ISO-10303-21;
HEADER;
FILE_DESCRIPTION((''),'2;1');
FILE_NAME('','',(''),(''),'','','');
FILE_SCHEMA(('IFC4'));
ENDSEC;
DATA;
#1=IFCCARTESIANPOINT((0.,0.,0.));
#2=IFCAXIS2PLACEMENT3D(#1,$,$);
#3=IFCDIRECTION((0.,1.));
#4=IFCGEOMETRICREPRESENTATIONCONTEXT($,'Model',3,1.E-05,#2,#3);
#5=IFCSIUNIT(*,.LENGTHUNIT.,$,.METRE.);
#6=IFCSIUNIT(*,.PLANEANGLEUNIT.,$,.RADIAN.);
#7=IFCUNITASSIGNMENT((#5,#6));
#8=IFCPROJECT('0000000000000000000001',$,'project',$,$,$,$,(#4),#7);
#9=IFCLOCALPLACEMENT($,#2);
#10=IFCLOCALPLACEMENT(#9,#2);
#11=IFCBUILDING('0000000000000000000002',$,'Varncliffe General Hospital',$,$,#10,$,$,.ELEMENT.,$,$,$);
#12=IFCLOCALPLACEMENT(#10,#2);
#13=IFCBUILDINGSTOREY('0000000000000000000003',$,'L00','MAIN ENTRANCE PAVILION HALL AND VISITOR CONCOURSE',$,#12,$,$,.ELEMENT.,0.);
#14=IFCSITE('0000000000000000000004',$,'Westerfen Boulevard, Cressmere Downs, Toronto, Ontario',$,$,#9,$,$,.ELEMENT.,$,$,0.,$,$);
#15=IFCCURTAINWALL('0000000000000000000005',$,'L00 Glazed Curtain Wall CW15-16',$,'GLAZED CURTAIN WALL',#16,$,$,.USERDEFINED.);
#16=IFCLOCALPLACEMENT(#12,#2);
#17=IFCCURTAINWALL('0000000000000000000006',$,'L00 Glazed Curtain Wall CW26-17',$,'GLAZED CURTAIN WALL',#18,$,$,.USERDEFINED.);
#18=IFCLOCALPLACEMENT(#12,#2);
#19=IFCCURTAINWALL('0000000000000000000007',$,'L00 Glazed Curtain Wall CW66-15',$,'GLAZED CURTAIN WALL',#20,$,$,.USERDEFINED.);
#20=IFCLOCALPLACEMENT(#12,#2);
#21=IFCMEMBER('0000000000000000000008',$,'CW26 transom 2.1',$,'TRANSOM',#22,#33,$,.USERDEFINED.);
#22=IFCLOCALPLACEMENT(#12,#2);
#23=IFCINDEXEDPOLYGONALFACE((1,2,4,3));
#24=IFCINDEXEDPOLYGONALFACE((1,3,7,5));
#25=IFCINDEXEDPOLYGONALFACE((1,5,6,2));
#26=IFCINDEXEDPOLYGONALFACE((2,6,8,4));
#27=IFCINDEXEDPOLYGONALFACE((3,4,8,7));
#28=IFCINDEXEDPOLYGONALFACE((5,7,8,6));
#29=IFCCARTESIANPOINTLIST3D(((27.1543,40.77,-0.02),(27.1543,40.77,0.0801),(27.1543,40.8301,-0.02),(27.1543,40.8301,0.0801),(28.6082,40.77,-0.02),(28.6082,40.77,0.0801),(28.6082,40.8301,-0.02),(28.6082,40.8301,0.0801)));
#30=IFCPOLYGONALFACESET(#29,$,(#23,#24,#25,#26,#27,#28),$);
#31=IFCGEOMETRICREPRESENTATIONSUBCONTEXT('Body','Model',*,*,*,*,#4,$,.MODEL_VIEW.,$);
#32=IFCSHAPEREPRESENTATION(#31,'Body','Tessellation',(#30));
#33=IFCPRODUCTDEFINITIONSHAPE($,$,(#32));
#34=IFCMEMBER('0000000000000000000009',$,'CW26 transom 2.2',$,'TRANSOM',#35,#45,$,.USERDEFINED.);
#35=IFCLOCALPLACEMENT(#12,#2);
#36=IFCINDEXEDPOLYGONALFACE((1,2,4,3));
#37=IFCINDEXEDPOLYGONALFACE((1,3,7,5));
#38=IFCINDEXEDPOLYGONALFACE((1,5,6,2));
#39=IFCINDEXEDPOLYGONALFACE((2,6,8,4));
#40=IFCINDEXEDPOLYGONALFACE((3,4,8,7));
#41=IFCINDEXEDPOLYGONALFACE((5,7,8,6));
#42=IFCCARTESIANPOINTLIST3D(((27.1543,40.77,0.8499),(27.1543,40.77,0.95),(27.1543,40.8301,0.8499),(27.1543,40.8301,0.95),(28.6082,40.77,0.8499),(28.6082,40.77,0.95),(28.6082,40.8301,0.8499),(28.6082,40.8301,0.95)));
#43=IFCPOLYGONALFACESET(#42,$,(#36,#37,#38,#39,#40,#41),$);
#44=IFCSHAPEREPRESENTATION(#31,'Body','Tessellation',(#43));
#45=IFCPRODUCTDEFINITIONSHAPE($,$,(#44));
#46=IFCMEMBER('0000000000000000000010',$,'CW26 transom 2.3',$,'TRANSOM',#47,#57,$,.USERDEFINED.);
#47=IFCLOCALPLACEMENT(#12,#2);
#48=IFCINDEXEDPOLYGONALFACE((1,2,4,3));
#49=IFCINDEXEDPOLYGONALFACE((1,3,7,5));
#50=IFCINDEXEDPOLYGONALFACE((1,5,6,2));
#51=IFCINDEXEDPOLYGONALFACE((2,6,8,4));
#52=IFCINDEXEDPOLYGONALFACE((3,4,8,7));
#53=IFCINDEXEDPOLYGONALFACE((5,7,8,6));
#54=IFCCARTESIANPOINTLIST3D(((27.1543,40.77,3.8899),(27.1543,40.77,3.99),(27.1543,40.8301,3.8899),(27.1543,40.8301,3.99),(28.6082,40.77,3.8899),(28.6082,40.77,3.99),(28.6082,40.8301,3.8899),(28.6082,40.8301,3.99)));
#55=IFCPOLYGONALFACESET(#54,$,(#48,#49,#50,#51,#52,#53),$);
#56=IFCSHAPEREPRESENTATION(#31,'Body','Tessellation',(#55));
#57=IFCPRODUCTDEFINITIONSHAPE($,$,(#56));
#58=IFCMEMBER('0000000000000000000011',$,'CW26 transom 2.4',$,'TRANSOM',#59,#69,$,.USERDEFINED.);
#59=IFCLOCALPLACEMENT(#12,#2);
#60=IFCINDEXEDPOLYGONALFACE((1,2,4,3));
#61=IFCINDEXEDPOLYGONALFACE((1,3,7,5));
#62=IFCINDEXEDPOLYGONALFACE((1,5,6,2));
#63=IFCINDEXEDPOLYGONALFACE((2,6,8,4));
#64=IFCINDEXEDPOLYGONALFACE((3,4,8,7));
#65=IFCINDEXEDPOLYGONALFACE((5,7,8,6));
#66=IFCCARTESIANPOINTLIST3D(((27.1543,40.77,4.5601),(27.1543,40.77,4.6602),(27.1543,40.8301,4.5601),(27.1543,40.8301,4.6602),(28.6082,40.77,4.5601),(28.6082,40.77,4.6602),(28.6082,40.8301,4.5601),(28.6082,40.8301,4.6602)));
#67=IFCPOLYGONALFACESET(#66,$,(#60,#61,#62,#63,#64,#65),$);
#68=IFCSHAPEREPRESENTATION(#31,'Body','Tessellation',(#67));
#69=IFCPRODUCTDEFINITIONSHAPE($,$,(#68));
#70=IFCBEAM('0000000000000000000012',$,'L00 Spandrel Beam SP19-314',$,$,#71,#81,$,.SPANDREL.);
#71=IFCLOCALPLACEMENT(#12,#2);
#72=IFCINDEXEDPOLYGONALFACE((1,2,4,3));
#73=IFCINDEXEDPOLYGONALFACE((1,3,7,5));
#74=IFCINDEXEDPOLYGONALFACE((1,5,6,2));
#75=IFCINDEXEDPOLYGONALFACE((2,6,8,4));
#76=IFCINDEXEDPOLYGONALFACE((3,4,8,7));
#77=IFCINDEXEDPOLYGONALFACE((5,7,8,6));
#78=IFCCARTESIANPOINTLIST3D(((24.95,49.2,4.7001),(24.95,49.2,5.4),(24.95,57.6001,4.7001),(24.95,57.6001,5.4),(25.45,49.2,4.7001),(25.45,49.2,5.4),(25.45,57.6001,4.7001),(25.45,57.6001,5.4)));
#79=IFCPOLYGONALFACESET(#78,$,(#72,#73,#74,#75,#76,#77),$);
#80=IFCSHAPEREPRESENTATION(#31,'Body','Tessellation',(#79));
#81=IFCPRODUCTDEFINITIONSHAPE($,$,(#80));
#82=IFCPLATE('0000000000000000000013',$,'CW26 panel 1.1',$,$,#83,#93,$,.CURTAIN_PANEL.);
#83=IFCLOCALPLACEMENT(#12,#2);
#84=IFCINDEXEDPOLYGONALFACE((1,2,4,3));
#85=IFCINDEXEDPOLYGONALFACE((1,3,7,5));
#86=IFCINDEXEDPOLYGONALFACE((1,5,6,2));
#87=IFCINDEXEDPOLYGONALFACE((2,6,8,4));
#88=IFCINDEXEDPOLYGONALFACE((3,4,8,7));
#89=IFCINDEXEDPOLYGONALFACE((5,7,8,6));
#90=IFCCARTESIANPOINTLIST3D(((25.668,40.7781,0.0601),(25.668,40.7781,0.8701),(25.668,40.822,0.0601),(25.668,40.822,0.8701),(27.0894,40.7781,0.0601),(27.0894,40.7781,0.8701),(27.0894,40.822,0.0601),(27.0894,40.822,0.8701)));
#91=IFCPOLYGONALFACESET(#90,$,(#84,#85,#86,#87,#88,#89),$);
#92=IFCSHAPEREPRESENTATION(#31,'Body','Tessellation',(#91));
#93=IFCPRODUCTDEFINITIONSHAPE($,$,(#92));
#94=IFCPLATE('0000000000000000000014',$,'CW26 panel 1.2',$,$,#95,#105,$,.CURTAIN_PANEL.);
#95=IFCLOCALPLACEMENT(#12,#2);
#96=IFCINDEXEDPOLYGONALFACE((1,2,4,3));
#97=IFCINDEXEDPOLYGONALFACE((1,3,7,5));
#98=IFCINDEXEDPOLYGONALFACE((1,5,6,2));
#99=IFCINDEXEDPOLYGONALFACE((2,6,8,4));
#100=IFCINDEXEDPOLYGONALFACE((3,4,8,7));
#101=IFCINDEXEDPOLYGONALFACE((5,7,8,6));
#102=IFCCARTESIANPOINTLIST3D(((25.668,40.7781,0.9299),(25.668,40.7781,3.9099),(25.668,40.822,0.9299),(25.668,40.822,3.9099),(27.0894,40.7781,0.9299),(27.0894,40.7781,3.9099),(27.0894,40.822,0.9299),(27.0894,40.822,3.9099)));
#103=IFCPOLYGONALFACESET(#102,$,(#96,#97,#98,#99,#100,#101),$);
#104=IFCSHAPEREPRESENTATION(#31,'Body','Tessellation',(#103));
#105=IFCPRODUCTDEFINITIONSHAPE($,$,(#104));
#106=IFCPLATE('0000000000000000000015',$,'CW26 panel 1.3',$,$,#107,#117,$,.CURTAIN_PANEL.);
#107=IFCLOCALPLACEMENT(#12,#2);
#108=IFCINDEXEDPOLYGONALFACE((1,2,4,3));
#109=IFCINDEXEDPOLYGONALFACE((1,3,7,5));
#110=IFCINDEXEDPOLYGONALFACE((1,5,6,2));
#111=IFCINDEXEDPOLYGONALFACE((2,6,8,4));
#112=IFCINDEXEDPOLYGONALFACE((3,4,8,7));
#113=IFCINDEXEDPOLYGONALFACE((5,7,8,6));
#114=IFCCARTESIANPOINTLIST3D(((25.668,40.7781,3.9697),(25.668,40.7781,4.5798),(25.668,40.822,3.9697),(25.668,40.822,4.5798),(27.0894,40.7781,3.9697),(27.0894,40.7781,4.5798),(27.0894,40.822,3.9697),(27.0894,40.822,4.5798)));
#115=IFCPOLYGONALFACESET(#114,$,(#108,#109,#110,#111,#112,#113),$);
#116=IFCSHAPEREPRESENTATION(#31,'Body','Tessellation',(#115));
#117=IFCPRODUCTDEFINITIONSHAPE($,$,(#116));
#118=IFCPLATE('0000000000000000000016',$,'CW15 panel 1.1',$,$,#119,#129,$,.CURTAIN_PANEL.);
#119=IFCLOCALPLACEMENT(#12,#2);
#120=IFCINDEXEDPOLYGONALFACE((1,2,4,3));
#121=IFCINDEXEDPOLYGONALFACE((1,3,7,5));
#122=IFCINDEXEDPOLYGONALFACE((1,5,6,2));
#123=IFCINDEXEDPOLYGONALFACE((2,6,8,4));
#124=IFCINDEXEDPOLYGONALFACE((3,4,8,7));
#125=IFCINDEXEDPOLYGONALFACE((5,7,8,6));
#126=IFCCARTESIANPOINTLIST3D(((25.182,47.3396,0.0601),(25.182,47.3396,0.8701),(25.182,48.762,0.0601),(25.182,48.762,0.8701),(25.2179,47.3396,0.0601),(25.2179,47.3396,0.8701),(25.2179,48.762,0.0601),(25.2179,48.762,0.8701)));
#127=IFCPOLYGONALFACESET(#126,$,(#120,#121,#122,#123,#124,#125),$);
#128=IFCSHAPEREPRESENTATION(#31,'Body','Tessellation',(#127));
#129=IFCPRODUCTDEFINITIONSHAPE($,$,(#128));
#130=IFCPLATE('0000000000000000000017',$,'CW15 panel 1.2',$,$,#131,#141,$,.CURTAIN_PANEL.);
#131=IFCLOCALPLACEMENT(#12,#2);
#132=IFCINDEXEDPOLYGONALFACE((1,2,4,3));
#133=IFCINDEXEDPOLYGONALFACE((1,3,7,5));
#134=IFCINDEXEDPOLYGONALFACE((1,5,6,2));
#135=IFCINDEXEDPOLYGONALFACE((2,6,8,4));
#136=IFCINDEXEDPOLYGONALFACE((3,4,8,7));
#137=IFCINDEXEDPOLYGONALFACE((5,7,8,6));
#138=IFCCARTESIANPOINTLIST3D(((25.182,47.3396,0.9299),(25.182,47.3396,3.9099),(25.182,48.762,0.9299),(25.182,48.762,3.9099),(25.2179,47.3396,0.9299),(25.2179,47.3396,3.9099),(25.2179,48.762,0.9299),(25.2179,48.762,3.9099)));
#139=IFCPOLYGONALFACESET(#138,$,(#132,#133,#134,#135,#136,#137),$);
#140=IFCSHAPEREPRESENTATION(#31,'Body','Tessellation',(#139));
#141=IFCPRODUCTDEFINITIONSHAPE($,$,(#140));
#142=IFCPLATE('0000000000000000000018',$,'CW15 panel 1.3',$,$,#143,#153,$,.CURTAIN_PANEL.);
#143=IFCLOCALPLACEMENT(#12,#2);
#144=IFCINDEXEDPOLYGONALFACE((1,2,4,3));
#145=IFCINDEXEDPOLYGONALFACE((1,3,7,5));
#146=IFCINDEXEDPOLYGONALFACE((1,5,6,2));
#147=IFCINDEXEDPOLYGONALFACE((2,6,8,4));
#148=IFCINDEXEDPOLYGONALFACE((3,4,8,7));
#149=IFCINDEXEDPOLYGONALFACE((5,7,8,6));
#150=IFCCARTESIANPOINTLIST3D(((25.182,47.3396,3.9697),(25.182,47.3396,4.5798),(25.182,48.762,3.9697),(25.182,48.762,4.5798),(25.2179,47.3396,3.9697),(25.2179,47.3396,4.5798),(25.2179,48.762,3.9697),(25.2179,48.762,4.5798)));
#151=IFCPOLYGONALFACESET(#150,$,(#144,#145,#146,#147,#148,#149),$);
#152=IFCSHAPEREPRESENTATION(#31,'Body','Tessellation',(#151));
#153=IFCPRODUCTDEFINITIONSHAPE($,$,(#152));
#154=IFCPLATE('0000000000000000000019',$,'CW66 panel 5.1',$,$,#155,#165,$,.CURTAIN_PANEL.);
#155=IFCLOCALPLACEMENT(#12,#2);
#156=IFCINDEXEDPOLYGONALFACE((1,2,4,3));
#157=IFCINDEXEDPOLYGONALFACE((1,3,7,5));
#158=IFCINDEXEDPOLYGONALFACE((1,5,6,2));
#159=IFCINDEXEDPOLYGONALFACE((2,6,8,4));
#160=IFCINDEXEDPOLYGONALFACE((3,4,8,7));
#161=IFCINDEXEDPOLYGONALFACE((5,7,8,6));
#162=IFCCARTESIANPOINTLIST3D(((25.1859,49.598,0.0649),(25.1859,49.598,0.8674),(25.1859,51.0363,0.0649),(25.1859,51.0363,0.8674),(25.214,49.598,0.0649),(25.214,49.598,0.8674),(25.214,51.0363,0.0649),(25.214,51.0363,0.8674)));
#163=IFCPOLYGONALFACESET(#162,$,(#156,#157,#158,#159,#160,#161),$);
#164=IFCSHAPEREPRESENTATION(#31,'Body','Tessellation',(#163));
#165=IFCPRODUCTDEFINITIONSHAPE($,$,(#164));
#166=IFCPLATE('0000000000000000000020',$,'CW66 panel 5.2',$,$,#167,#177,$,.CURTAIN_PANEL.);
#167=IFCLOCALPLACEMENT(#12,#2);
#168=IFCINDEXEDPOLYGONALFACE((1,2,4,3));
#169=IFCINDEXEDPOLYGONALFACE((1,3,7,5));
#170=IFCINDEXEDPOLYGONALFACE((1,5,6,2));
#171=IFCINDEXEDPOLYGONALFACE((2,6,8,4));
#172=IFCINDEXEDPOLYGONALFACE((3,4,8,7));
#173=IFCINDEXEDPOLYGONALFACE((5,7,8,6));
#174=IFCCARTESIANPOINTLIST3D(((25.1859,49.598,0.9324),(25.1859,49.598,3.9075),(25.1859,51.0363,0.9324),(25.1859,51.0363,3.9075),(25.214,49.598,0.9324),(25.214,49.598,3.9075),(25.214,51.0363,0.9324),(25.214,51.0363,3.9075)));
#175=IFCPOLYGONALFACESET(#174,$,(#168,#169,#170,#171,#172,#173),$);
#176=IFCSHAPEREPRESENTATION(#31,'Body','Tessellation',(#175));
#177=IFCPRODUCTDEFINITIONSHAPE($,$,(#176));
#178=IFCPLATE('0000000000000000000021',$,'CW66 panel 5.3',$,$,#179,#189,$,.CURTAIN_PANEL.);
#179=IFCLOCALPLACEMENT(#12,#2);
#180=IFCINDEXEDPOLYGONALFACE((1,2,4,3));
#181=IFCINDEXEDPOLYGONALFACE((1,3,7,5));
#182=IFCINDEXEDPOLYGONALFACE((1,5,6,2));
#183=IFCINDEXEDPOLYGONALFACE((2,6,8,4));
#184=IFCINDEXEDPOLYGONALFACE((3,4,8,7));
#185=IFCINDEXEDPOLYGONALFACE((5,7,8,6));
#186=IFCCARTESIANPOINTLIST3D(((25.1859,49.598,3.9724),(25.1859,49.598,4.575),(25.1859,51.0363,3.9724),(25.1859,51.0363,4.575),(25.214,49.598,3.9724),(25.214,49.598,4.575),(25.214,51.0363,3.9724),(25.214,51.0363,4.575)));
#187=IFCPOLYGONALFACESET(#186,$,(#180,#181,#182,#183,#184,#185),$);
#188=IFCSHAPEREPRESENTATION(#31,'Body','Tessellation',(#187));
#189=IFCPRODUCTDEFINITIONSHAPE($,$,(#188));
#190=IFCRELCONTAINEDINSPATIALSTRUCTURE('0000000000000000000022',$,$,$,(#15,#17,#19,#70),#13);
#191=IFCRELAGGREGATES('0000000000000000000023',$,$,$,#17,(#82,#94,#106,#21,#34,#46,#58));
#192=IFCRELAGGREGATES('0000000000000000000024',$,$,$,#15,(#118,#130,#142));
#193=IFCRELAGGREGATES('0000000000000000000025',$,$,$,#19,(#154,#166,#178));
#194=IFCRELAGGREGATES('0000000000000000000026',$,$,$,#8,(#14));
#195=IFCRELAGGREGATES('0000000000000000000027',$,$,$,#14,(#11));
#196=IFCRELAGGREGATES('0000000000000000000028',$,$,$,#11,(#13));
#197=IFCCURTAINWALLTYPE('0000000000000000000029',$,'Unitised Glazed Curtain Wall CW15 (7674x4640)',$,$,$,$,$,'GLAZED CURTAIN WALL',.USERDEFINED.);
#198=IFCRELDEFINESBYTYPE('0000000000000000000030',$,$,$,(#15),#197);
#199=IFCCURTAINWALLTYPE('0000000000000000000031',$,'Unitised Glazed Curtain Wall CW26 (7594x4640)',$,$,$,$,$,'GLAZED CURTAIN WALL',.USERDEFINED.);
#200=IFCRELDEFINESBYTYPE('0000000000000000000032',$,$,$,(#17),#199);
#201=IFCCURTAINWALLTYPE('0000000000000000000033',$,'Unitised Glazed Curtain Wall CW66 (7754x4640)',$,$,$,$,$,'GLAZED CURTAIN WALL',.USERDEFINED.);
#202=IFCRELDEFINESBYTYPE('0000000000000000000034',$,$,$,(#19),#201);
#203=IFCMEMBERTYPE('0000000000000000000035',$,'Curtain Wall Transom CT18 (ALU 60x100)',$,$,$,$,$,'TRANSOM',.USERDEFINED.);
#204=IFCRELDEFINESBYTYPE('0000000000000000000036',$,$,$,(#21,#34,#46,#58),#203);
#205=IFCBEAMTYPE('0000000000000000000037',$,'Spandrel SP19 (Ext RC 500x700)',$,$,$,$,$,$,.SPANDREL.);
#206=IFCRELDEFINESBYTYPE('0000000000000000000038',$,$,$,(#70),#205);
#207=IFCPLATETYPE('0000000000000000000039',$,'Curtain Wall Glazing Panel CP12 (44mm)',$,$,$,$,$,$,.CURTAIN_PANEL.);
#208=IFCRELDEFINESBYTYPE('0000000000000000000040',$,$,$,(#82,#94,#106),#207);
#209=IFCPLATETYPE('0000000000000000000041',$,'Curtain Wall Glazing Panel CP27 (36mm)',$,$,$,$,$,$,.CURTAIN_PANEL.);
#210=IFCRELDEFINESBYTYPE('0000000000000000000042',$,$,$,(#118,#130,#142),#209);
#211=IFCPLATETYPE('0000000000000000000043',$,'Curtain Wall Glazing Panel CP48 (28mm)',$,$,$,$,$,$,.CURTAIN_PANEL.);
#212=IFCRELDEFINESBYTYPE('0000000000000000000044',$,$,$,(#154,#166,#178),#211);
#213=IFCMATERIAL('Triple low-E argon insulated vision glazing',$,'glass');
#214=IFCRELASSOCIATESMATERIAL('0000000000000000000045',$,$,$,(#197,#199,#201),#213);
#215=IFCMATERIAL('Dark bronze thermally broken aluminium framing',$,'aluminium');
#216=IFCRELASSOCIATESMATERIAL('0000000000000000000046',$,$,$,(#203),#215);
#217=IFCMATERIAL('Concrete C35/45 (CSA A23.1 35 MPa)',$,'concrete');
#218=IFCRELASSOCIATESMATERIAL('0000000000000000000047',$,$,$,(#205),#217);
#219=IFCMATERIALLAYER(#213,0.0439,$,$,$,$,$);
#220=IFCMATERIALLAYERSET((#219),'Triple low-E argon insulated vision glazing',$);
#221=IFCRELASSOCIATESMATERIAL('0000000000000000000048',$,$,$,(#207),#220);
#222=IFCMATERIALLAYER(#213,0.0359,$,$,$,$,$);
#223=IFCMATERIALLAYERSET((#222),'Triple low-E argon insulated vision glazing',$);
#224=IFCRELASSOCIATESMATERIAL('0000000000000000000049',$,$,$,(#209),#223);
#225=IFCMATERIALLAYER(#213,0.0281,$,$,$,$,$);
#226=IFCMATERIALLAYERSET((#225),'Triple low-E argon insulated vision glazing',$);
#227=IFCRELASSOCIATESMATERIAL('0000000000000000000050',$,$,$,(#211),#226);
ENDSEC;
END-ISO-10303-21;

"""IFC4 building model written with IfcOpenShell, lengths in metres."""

from ifc_helpers import new_model, si_unit, direction, frame, origin, origin_2d, place, context, subcontext, project, spatial, rectangle, extrude, material, layer, layer_set, material_profile, profile_set, type_object, element, aggregate, save


model = new_model("IFC4")

# Units and contexts
model_context = context("Model", 3, precision=1e-05, world=origin(), true_north=direction((0.0, 1.0)))
body_context = subcontext(model_context, "Body", "Model", "MODEL_VIEW")
ifc_project = project(units=[si_unit("LENGTHUNIT", "METRE"), si_unit("PLANEANGLEUNIT", "RADIAN")], contexts=[model_context])

# Site, building, storey
site_placement = place(None, origin())
site = spatial("IfcSite", under=ifc_project, at=site_placement, Name="Westerfen Boulevard, Cressmere Downs, Toronto, Ontario", CompositionType="ELEMENT", RefElevation=0.0)
building_placement = place(site_placement, origin())
building = spatial("IfcBuilding", under=site, at=building_placement, Name="Varncliffe General Hospital", CompositionType="ELEMENT")
storey_placement = place(building_placement, origin())
storey = spatial("IfcBuildingStorey", under=building, at=storey_placement, Name="L00", Description="MAIN ENTRANCE PAVILION HALL AND VISITOR CONCOURSE", CompositionType="ELEMENT", Elevation=0.0)

# Curtain wall
ifc_material_1 = material(Name="Triple low-E argon insulated vision glazing", Category="glass")
curtain_wall_type_1 = type_object("IfcCurtainWallType", Name="Unitised Glazed Curtain Wall CW15 (7674x4640)", ElementType="GLAZED CURTAIN WALL", PredefinedType="USERDEFINED", material=ifc_material_1)
curtain_wall_1_placement = place(storey_placement, origin())
curtain_wall_1 = element("IfcCurtainWall", 1, at=curtain_wall_1_placement, inside=storey, type_object=curtain_wall_type_1, Name="L00 Glazed Curtain Wall CW15-16", ObjectType="GLAZED CURTAIN WALL", PredefinedType="USERDEFINED")
ifc_material_2 = material(Name="Dark bronze thermally broken aluminium framing", Category="aluminium")

# Curtain walls
curtain_wall_type_2 = type_object("IfcCurtainWallType", Name="Unitised Glazed Curtain Wall CW26 (7594x4640)", ElementType="GLAZED CURTAIN WALL", PredefinedType="USERDEFINED", material=ifc_material_1)
curtain_wall_2_placement = place(storey_placement, origin())
curtain_wall_2 = element("IfcCurtainWall", 2, at=curtain_wall_2_placement, inside=storey, type_object=curtain_wall_type_2, Name="L00 Glazed Curtain Wall CW26-17", ObjectType="GLAZED CURTAIN WALL", PredefinedType="USERDEFINED")
curtain_wall_type_3 = type_object("IfcCurtainWallType", Name="Unitised Glazed Curtain Wall CW66 (7754x4640)", ElementType="GLAZED CURTAIN WALL", PredefinedType="USERDEFINED", material=ifc_material_1)
curtain_wall_3_placement = place(storey_placement, origin())
curtain_wall_3 = element("IfcCurtainWall", 3, at=curtain_wall_3_placement, inside=storey, type_object=curtain_wall_type_3, Name="L00 Glazed Curtain Wall CW66-15", ObjectType="GLAZED CURTAIN WALL", PredefinedType="USERDEFINED")

# Members
ifc_material_profile_1 = material_profile(ifc_material_2, rectangle(XDim=0.0601, YDim=0.1001, at=origin_2d()), Name="ALU 60x100")
ifc_profile_set_1 = profile_set([ifc_material_profile_1], Name="Dark bronze thermally broken aluminium framing")
member_type_1 = type_object("IfcMemberType", Name="Curtain Wall Transom CT18 (ALU 60x100)", ElementType="TRANSOM", PredefinedType="USERDEFINED", material=ifc_profile_set_1)
member_1_placement = place(storey_placement, frame((27.1543, 40.8, 0.03), z_axis=(1.0, 0.0, 0.0), x_axis=(0.0, 1.0, 0.0)))
member_1 = element("IfcMember", 4, at=member_1_placement, type_object=member_type_1, Name="CW26 transom 2.1", ObjectType="TRANSOM", PredefinedType="USERDEFINED", context=body_context, shape_type="SweptSolid", body=[
    extrude(rectangle(XDim=0.0601, YDim=0.1001, at=origin_2d()), origin(), (0.0, 0.0, 1.0), 1.4539),
])
member_2_placement = place(storey_placement, frame((27.1543, 40.8, 0.8999), z_axis=(1.0, 0.0, 0.0), x_axis=(0.0, 1.0, 0.0)))
member_2 = element("IfcMember", 5, at=member_2_placement, type_object=member_type_1, Name="CW26 transom 2.2", ObjectType="TRANSOM", PredefinedType="USERDEFINED", context=body_context, shape_type="SweptSolid", body=[
    extrude(rectangle(XDim=0.0601, YDim=0.1001, at=origin_2d()), origin(), (0.0, 0.0, 1.0), 1.4539),
])
member_3_placement = place(storey_placement, frame((27.1543, 40.8, 3.9399), z_axis=(1.0, 0.0, 0.0), x_axis=(0.0, 1.0, 0.0)))
member_3 = element("IfcMember", 6, at=member_3_placement, type_object=member_type_1, Name="CW26 transom 2.3", ObjectType="TRANSOM", PredefinedType="USERDEFINED", context=body_context, shape_type="SweptSolid", body=[
    extrude(rectangle(XDim=0.0601, YDim=0.1001, at=origin_2d()), origin(), (0.0, 0.0, 1.0), 1.4539),
])
member_4_placement = place(storey_placement, frame((27.1543, 40.8, 4.6101), z_axis=(1.0, 0.0, 0.0), x_axis=(0.0, 1.0, 0.0)))
member_4 = element("IfcMember", 7, at=member_4_placement, type_object=member_type_1, Name="CW26 transom 2.4", ObjectType="TRANSOM", PredefinedType="USERDEFINED", context=body_context, shape_type="SweptSolid", body=[
    extrude(rectangle(XDim=0.0601, YDim=0.1001, at=origin_2d()), origin(), (0.0, 0.0, 1.0), 1.4539),
])

# Beam
ifc_material_3 = material(Name="Concrete C35/45 (CSA A23.1 35 MPa)", Category="concrete")
ifc_material_profile_2 = material_profile(ifc_material_3, rectangle(XDim=0.5, YDim=0.7, at=origin_2d()), Name="RC 500x700")
ifc_profile_set_2 = profile_set([ifc_material_profile_2], Name="Concrete C35/45 (CSA A23.1 35 MPa)")
beam_type = type_object("IfcBeamType", Name="Spandrel SP19 (Ext RC 500x700)", PredefinedType="SPANDREL", material=ifc_profile_set_2)
beam_placement = place(storey_placement, frame((25.2, 49.2, 5.05), z_axis=(0.0, 1.0, 0.0), x_axis=(-1.0, 0.0, 0.0)))
element("IfcBeam", 8, at=beam_placement, inside=storey, type_object=beam_type, Name="L00 Spandrel Beam SP19-314", PredefinedType="SPANDREL", context=body_context, shape_type="SweptSolid", body=[
    extrude(rectangle(XDim=0.5, YDim=0.7, at=origin_2d()), origin(), (0.0, 0.0, 1.0), 8.4001),
])

# Plates
ifc_layer_1 = layer(ifc_material_1, 0.0439)
ifc_layer_set_1 = layer_set([ifc_layer_1], Name="Triple low-E argon insulated vision glazing")
plate_type_1 = type_object("IfcPlateType", Name="Curtain Wall Glazing Panel CP12 (44mm)", PredefinedType="CURTAIN_PANEL", material=ifc_layer_set_1)
plate_1_placement = place(storey_placement, frame((26.3787, 40.8, 0.0601), z_axis=(0.0, 0.0, 1.0), x_axis=(1.0, 0.0, 0.0)))
plate_1 = element("IfcPlate", 9, at=plate_1_placement, type_object=plate_type_1, Name="CW26 panel 1.1", PredefinedType="CURTAIN_PANEL", context=body_context, shape_type="SweptSolid", body=[
    extrude(rectangle(XDim=1.4214, YDim=0.0439, at=origin_2d()), origin(), (0.0, 0.0, 1.0), 0.8101),
])
plate_2_placement = place(storey_placement, frame((26.3787, 40.8, 0.9299), z_axis=(0.0, 0.0, 1.0), x_axis=(1.0, 0.0, 0.0)))
plate_2 = element("IfcPlate", 10, at=plate_2_placement, type_object=plate_type_1, Name="CW26 panel 1.2", PredefinedType="CURTAIN_PANEL", context=body_context, shape_type="SweptSolid", body=[
    extrude(rectangle(XDim=1.4214, YDim=0.0439, at=origin_2d()), origin(), (0.0, 0.0, 1.0), 2.98),
])
plate_3_placement = place(storey_placement, frame((26.3787, 40.8, 3.9697), z_axis=(0.0, 0.0, 1.0), x_axis=(1.0, 0.0, 0.0)))
plate_3 = element("IfcPlate", 11, at=plate_3_placement, type_object=plate_type_1, Name="CW26 panel 1.3", PredefinedType="CURTAIN_PANEL", context=body_context, shape_type="SweptSolid", body=[
    extrude(rectangle(XDim=1.4214, YDim=0.0439, at=origin_2d()), origin(), (0.0, 0.0, 1.0), 0.6101),
])
aggregate(curtain_wall_2, [plate_1, plate_2, plate_3, member_1, member_2, member_3, member_4])
ifc_layer_2 = layer(ifc_material_1, 0.0359)
ifc_layer_set_2 = layer_set([ifc_layer_2], Name="Triple low-E argon insulated vision glazing")
plate_type_2 = type_object("IfcPlateType", Name="Curtain Wall Glazing Panel CP27 (36mm)", PredefinedType="CURTAIN_PANEL", material=ifc_layer_set_2)
plate_4_placement = place(storey_placement, frame((25.2, 48.0508, 0.0601), z_axis=(0.0, 0.0, 1.0), x_axis=(0.0, -1.0, 0.0)))
plate_4 = element("IfcPlate", 12, at=plate_4_placement, type_object=plate_type_2, Name="CW15 panel 1.1", PredefinedType="CURTAIN_PANEL", context=body_context, shape_type="SweptSolid", body=[
    extrude(rectangle(XDim=1.4224, YDim=0.0359, at=origin_2d()), origin(), (0.0, 0.0, 1.0), 0.8101),
])
plate_5_placement = place(storey_placement, frame((25.2, 48.0508, 0.9299), z_axis=(0.0, 0.0, 1.0), x_axis=(0.0, -1.0, 0.0)))
plate_5 = element("IfcPlate", 13, at=plate_5_placement, type_object=plate_type_2, Name="CW15 panel 1.2", PredefinedType="CURTAIN_PANEL", context=body_context, shape_type="SweptSolid", body=[
    extrude(rectangle(XDim=1.4224, YDim=0.0359, at=origin_2d()), origin(), (0.0, 0.0, 1.0), 2.98),
])
plate_6_placement = place(storey_placement, frame((25.2, 48.0508, 3.9697), z_axis=(0.0, 0.0, 1.0), x_axis=(0.0, -1.0, 0.0)))
plate_6 = element("IfcPlate", 14, at=plate_6_placement, type_object=plate_type_2, Name="CW15 panel 1.3", PredefinedType="CURTAIN_PANEL", context=body_context, shape_type="SweptSolid", body=[
    extrude(rectangle(XDim=1.4224, YDim=0.0359, at=origin_2d()), origin(), (0.0, 0.0, 1.0), 0.6101),
])
aggregate(curtain_wall_1, [plate_4, plate_5, plate_6])
ifc_layer_3 = layer(ifc_material_1, 0.0281)
ifc_layer_set_3 = layer_set([ifc_layer_3], Name="Triple low-E argon insulated vision glazing")
plate_type_3 = type_object("IfcPlateType", Name="Curtain Wall Glazing Panel CP48 (28mm)", PredefinedType="CURTAIN_PANEL", material=ifc_layer_set_3)
plate_7_placement = place(storey_placement, frame((25.2, 50.3171, 0.0649), z_axis=(0.0, 0.0, 1.0), x_axis=(0.0, -1.0, 0.0)))
plate_7 = element("IfcPlate", 15, at=plate_7_placement, type_object=plate_type_3, Name="CW66 panel 5.1", PredefinedType="CURTAIN_PANEL", context=body_context, shape_type="SweptSolid", body=[
    extrude(rectangle(XDim=1.4382, YDim=0.0281, at=origin_2d()), origin(), (0.0, 0.0, 1.0), 0.8025),
])
plate_8_placement = place(storey_placement, frame((25.2, 50.3171, 0.9324), z_axis=(0.0, 0.0, 1.0), x_axis=(0.0, -1.0, 0.0)))
plate_8 = element("IfcPlate", 16, at=plate_8_placement, type_object=plate_type_3, Name="CW66 panel 5.2", PredefinedType="CURTAIN_PANEL", context=body_context, shape_type="SweptSolid", body=[
    extrude(rectangle(XDim=1.4382, YDim=0.0281, at=origin_2d()), origin(), (0.0, 0.0, 1.0), 2.9751),
])
plate_9_placement = place(storey_placement, frame((25.2, 50.3171, 3.9724), z_axis=(0.0, 0.0, 1.0), x_axis=(0.0, -1.0, 0.0)))
plate_9 = element("IfcPlate", 17, at=plate_9_placement, type_object=plate_type_3, Name="CW66 panel 5.3", PredefinedType="CURTAIN_PANEL", context=body_context, shape_type="SweptSolid", body=[
    extrude(rectangle(XDim=1.4382, YDim=0.0281, at=origin_2d()), origin(), (0.0, 0.0, 1.0), 0.6025),
])
aggregate(curtain_wall_3, [plate_7, plate_8, plate_9])

save(model, "model.ifc")
